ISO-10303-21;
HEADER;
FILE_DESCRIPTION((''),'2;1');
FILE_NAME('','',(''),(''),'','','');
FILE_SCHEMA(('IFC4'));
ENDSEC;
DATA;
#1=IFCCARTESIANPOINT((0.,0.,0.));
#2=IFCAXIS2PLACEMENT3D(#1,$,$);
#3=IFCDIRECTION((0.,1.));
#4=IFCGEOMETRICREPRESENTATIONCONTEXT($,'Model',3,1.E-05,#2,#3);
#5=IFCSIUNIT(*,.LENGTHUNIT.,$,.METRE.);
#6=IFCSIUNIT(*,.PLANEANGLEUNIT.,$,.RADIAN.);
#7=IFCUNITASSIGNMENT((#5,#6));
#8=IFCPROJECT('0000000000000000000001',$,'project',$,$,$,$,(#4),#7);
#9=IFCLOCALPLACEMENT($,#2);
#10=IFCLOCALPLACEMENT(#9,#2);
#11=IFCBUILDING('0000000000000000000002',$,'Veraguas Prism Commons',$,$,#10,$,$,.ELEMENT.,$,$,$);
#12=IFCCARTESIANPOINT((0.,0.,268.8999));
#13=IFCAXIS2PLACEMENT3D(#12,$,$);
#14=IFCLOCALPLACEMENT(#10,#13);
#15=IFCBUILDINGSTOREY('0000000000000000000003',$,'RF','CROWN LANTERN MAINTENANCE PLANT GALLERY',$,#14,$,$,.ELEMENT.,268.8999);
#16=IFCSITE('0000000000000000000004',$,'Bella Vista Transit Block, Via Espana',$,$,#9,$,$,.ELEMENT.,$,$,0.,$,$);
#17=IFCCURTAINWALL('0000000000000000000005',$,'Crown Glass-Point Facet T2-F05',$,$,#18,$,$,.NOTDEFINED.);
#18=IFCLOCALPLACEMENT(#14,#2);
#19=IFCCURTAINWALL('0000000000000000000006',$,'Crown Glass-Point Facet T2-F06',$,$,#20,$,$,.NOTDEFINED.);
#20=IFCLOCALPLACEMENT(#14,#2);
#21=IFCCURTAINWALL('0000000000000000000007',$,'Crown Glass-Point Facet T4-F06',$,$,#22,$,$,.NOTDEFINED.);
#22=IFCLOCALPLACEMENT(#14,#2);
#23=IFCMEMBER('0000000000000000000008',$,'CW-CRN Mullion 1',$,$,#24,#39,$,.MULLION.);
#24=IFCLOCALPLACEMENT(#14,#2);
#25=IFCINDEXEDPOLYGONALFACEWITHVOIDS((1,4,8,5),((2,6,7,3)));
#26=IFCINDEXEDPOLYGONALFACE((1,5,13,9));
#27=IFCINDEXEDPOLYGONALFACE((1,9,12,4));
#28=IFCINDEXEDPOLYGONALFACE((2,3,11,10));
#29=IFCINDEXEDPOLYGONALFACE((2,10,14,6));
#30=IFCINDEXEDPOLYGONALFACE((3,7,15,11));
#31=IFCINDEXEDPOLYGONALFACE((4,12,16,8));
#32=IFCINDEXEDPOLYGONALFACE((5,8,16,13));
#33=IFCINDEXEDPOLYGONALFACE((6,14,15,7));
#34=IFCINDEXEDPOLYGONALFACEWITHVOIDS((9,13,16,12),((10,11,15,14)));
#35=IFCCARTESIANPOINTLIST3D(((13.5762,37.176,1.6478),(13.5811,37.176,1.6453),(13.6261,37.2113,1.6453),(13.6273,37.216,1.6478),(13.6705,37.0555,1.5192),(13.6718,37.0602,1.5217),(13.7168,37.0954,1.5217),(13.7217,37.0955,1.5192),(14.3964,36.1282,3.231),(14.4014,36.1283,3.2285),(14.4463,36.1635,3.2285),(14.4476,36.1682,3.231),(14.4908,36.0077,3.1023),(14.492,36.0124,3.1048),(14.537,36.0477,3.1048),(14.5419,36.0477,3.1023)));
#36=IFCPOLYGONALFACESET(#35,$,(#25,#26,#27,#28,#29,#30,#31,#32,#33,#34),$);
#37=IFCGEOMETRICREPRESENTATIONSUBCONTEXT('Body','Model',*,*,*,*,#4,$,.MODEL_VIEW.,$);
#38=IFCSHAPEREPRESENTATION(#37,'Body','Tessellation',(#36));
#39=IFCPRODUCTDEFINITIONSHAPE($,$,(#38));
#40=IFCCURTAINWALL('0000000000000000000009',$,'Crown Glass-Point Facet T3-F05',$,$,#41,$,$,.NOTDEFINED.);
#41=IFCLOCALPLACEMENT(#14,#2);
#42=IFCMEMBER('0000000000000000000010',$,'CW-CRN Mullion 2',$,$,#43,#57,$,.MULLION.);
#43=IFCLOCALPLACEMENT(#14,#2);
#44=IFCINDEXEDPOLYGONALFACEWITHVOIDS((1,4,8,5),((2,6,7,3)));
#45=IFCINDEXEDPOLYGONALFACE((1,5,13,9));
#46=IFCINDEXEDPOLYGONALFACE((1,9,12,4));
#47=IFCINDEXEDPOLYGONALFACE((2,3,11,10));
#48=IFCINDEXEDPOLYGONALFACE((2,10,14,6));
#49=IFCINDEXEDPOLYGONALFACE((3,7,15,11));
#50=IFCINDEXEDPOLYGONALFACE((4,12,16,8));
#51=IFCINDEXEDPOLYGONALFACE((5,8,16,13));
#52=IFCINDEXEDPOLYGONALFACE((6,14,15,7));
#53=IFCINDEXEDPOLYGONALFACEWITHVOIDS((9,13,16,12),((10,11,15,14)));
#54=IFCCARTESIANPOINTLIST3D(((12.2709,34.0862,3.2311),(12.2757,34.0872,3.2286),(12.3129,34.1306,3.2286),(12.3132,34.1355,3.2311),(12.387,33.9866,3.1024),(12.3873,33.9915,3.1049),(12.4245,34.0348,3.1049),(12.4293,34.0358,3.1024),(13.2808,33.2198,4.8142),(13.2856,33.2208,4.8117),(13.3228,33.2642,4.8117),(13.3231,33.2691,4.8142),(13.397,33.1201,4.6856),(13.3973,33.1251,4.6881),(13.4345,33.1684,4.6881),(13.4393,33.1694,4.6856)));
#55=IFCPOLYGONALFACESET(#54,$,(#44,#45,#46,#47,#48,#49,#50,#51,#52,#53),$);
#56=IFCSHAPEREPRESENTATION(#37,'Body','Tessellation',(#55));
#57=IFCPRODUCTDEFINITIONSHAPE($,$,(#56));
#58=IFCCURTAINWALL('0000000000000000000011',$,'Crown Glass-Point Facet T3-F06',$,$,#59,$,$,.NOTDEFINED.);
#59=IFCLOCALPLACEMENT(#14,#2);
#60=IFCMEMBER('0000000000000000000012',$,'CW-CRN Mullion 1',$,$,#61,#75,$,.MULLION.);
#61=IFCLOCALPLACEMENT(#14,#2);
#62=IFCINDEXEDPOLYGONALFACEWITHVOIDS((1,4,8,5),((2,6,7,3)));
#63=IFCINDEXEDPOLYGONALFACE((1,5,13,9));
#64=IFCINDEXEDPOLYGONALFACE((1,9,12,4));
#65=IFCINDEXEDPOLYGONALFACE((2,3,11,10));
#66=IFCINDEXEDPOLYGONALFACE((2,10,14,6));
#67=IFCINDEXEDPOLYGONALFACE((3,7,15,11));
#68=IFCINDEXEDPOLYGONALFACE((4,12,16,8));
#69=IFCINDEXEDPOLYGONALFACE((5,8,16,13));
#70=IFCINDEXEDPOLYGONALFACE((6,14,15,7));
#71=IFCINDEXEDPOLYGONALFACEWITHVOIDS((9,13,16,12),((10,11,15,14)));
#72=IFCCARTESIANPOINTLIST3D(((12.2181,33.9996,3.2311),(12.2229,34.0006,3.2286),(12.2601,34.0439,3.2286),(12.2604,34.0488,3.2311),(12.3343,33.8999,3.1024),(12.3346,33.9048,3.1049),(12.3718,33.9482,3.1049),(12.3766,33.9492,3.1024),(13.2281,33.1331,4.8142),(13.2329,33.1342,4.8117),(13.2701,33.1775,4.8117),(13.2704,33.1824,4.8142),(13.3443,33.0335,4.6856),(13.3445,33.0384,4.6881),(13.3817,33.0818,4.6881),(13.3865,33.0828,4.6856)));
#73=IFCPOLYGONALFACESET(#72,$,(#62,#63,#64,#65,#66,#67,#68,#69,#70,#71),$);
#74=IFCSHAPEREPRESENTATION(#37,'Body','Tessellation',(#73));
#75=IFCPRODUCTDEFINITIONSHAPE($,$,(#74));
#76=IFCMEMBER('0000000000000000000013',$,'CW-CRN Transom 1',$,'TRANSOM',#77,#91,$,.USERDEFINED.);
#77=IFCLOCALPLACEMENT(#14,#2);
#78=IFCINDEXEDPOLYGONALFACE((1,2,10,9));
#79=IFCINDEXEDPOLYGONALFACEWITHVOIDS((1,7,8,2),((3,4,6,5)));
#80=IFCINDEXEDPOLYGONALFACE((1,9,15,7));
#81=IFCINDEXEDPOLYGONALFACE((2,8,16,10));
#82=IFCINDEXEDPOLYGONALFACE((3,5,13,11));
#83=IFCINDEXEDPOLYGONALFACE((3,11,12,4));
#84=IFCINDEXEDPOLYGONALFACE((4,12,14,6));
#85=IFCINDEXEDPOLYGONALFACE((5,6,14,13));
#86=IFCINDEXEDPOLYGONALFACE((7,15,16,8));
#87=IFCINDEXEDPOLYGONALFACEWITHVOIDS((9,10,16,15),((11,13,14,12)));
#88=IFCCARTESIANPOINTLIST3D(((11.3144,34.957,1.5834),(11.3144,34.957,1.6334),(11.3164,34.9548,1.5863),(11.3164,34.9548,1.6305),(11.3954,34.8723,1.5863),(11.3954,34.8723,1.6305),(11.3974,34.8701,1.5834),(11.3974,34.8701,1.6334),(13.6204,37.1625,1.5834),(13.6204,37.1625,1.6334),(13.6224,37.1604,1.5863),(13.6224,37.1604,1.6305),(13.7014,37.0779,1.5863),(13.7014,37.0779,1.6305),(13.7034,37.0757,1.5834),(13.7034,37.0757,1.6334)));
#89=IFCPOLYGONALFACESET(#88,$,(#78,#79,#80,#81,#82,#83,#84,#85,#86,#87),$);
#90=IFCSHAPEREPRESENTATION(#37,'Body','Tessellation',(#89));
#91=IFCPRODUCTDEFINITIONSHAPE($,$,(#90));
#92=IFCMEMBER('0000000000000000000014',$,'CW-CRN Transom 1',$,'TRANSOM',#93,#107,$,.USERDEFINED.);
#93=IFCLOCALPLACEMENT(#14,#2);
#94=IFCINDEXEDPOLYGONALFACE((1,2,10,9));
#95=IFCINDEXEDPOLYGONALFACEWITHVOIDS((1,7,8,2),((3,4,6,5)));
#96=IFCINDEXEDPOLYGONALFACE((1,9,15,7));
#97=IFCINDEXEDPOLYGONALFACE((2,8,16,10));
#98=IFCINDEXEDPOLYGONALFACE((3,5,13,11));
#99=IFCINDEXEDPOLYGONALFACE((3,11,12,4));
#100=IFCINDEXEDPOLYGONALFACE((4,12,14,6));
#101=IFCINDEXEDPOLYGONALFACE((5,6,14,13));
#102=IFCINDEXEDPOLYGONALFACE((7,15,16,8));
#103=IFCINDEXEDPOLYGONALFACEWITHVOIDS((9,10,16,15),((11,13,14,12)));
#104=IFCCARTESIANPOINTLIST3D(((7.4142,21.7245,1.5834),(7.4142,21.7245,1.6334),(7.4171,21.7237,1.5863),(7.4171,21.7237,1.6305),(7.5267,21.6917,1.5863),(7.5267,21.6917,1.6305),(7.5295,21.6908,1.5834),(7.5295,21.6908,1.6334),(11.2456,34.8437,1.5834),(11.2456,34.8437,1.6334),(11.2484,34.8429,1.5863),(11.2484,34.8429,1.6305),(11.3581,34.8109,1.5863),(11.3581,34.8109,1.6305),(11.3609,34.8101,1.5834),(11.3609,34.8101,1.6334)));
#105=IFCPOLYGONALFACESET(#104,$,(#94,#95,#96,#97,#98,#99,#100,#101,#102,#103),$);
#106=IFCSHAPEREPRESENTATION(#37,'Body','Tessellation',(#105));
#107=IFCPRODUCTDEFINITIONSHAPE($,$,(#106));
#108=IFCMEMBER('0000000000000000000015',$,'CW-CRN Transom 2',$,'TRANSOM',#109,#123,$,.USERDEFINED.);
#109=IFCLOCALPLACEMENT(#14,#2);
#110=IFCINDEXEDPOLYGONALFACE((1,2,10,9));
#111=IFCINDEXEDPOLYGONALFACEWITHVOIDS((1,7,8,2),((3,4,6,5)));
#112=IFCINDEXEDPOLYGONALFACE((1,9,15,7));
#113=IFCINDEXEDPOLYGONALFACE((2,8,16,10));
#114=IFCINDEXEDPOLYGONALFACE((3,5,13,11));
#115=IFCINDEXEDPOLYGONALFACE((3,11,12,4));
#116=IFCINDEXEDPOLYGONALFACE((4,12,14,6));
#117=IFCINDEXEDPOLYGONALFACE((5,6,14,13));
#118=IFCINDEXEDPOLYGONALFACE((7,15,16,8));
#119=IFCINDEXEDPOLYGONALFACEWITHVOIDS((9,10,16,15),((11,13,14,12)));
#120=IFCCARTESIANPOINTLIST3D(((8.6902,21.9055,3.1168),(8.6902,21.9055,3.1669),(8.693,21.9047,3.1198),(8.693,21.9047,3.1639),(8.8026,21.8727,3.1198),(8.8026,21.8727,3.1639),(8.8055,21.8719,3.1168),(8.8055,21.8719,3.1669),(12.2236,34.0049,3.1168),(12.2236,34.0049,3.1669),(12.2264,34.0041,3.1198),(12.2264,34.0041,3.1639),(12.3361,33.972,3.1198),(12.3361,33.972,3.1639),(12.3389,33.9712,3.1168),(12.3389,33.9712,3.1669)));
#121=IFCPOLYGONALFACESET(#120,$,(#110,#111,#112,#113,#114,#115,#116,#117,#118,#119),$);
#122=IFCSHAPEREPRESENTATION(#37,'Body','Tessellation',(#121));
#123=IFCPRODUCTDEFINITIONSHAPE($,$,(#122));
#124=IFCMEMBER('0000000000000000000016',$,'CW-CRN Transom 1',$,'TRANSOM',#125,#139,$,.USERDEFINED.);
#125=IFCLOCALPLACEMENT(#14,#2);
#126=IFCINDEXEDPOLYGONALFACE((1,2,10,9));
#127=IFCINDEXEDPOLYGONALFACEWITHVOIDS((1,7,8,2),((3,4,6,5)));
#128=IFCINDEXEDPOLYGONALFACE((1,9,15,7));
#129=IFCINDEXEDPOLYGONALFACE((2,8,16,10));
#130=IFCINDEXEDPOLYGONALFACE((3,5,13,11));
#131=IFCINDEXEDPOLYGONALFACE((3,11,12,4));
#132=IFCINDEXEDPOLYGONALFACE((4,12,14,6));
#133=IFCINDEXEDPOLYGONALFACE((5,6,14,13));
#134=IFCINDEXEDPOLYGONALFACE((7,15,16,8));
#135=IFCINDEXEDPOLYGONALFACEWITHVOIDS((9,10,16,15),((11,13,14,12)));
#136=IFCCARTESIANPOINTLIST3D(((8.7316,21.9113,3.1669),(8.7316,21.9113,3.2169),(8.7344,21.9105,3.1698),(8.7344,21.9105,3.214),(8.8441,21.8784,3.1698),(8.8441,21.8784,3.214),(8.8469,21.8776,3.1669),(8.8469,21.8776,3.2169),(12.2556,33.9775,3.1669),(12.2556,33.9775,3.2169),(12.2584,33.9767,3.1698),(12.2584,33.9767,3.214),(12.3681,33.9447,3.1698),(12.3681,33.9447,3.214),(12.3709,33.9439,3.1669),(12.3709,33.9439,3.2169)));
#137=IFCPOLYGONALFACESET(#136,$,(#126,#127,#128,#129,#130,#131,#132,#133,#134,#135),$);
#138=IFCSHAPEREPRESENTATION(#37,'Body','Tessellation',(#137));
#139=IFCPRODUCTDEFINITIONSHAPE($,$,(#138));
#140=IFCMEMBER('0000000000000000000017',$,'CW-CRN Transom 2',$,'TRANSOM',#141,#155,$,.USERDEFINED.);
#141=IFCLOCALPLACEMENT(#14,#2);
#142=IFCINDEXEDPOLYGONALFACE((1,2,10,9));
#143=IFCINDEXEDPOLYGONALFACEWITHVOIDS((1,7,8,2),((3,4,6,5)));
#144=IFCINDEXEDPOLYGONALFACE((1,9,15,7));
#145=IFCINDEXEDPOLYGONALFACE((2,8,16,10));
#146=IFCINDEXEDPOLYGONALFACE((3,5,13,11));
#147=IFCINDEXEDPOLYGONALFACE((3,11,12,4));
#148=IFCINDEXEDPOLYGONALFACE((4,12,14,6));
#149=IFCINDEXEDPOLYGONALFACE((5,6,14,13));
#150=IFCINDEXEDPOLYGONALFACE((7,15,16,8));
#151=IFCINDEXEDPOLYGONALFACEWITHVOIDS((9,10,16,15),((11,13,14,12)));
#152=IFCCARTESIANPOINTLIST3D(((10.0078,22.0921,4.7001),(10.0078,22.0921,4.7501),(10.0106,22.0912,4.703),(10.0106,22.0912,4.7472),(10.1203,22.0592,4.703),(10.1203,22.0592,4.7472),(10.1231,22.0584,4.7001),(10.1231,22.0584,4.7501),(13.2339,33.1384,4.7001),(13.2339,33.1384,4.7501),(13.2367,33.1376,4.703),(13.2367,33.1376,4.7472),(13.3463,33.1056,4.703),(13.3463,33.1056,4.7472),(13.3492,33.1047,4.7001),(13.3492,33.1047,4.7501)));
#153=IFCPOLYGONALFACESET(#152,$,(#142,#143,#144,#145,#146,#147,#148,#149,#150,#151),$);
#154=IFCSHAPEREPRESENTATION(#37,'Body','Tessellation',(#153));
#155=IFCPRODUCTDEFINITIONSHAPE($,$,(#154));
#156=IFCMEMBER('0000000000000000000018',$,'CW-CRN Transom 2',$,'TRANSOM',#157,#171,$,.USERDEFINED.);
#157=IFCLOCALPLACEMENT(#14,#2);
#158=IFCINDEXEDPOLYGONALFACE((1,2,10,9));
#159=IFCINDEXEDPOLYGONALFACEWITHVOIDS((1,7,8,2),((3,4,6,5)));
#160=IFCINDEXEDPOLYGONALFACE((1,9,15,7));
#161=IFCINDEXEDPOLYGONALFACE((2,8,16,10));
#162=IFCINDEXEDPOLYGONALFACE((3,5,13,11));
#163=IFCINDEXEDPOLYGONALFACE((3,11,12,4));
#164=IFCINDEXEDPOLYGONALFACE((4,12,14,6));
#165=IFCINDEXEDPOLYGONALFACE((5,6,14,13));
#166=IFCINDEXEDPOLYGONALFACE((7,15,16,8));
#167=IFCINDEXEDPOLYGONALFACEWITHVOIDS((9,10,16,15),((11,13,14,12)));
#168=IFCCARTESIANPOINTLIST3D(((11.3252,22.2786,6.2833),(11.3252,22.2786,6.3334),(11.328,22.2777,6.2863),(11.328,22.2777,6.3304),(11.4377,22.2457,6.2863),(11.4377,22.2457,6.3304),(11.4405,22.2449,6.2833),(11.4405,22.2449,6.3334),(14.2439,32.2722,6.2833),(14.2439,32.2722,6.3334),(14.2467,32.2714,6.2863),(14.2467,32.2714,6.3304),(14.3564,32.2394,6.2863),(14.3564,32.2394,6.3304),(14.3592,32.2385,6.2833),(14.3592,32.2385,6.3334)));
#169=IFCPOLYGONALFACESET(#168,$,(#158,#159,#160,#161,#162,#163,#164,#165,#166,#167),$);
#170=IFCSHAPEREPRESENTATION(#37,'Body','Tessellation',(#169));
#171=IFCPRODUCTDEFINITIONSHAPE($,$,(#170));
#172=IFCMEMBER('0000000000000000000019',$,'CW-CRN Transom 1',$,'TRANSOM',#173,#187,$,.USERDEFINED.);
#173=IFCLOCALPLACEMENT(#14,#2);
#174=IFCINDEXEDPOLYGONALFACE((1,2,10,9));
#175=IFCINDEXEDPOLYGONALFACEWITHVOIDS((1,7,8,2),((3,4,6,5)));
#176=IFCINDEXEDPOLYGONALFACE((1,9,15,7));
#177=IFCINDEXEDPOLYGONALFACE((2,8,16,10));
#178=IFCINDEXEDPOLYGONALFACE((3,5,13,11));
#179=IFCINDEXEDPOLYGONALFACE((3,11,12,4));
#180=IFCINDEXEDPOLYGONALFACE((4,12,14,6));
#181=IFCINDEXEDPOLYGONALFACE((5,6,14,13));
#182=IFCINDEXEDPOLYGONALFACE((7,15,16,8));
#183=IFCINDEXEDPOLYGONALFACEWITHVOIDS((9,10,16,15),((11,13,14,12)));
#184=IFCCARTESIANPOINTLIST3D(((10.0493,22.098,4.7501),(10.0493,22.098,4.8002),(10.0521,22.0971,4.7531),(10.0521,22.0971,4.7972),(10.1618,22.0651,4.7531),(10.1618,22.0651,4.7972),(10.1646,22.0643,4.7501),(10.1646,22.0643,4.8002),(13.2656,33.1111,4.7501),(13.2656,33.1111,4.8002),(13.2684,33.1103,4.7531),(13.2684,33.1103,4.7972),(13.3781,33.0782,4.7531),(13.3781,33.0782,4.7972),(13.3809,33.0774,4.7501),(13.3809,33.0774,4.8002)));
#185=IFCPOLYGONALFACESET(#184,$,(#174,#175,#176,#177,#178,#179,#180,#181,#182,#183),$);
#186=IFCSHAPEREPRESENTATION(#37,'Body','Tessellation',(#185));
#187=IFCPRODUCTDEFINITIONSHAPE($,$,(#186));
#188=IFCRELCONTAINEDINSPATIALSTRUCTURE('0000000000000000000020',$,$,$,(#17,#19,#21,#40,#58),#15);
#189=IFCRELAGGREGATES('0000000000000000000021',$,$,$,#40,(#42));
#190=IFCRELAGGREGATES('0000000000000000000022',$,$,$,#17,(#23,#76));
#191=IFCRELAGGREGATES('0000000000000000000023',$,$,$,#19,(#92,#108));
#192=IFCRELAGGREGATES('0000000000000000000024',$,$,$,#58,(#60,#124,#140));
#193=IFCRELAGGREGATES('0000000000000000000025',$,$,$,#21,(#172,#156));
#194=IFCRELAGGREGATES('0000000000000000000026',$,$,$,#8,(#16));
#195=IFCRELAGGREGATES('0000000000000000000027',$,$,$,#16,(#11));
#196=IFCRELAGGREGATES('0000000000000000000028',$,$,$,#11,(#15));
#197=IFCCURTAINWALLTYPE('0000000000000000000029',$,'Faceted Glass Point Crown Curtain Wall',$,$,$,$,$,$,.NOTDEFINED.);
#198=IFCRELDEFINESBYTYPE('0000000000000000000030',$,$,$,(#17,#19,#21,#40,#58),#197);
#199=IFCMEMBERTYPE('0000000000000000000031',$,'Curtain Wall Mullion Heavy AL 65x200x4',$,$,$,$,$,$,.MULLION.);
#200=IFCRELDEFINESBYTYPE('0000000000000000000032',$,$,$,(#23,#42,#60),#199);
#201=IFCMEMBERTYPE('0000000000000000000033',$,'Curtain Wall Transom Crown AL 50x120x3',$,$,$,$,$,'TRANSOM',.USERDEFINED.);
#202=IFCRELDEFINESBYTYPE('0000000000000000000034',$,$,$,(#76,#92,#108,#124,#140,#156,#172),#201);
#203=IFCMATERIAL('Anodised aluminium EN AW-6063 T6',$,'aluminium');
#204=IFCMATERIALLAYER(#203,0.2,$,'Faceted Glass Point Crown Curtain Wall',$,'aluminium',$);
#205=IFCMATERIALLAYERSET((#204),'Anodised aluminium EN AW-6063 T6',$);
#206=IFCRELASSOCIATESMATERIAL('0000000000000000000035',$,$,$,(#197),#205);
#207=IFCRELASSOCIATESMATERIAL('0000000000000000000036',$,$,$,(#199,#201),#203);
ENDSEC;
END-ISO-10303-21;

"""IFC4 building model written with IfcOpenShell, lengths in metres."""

from ifc_helpers import new_model, si_unit, direction, frame, origin, origin_2d, place, context, subcontext, project, spatial, hollow_rectangle, extrude, source, transform, mapped, material, layer, layer_set, material_profile, profile_set, type_object, element, aggregate, save


model = new_model("IFC4")

# Units and contexts
model_context = context("Model", 3, precision=1e-05, world=origin(), true_north=direction((0.0, 1.0)))
body_context = subcontext(model_context, "Body", "Model", "MODEL_VIEW")
ifc_project = project(units=[si_unit("LENGTHUNIT", "METRE"), si_unit("PLANEANGLEUNIT", "RADIAN")], contexts=[model_context])

# Site, building, storey
site_placement = place(None, origin())
site = spatial("IfcSite", under=ifc_project, at=site_placement, Name="Bella Vista Transit Block, Via Espana", CompositionType="ELEMENT", RefElevation=0.0)
building_placement = place(site_placement, origin())
building = spatial("IfcBuilding", under=site, at=building_placement, Name="Veraguas Prism Commons", CompositionType="ELEMENT")
storey_placement = place(building_placement, frame((0.0, 0.0, 268.8999)))
storey = spatial("IfcBuildingStorey", under=building, at=storey_placement, Name="RF", Description="CROWN LANTERN MAINTENANCE PLANT GALLERY", CompositionType="ELEMENT", Elevation=268.8999)

# Shared definitions
ifc_material_1 = material(Name="Anodised aluminium EN AW-6063 T6", Category="aluminium")
ifc_layer_1 = layer(ifc_material_1, 0.2, Name="Faceted Glass Point Crown Curtain Wall", Category="aluminium")
ifc_layer_set_1 = layer_set([ifc_layer_1], Name="Anodised aluminium EN AW-6063 T6")
curtain_wall_type = type_object("IfcCurtainWallType", Name="Faceted Glass Point Crown Curtain Wall", PredefinedType="NOTDEFINED", material=ifc_layer_set_1)
ifc_material_profile_1 = material_profile(ifc_material_1, hollow_rectangle(XDim=0.0649, YDim=0.2, WallThickness=0.0039, at=origin_2d()), Name="AL65X200X4")
ifc_profile_set_1 = profile_set([ifc_material_profile_1], Name="Anodised aluminium EN AW-6063 T6")
member_type_1 = type_object("IfcMemberType", Name="Curtain Wall Mullion Heavy AL 65x200x4", PredefinedType="MULLION", material=ifc_profile_set_1)

# Curtain walls
curtain_wall_1_placement = place(storey_placement, origin())
curtain_wall_1 = element("IfcCurtainWall", 1, at=curtain_wall_1_placement, inside=storey, type_object=curtain_wall_type, Name="Crown Glass-Point Facet T2-F05", PredefinedType="NOTDEFINED")
curtain_wall_2_placement = place(storey_placement, origin())
curtain_wall_2 = element("IfcCurtainWall", 2, at=curtain_wall_2_placement, inside=storey, type_object=curtain_wall_type, Name="Crown Glass-Point Facet T2-F06", PredefinedType="NOTDEFINED")
curtain_wall_3_placement = place(storey_placement, origin())
curtain_wall_3 = element("IfcCurtainWall", 3, at=curtain_wall_3_placement, inside=storey, type_object=curtain_wall_type, Name="Crown Glass-Point Facet T4-F06", PredefinedType="NOTDEFINED")

# Member
ifc_material_profile_2 = material_profile(ifc_material_1, hollow_rectangle(XDim=0.05, YDim=0.1201, WallThickness=0.0029, at=origin_2d()), Name="AL50X120X3")
ifc_profile_set_2 = profile_set([ifc_material_profile_2], Name="Anodised aluminium EN AW-6063 T6")
member_type_2 = type_object("IfcMemberType", Name="Curtain Wall Transom Crown AL 50x120x3", ElementType="TRANSOM", PredefinedType="USERDEFINED", material=ifc_profile_set_2)
shared_shape_1 = source(origin(), body_context, "Body", "SweptSolid", [
    extrude(hollow_rectangle(XDim=0.0649, YDim=0.2, WallThickness=0.0039, at=origin_2d()), origin(), (0.0, 0.0, 1.0), 2.0681),
])
member_1_placement = place(storey_placement, frame((13.6489, 37.1357, 1.5835), z_axis=(0.396625, -0.506641, 0.765509), x_axis=(0.787412, 0.616427, 0.0)))
member_1 = element("IfcMember", 4, at=member_1_placement, type_object=member_type_1, Name="CW-CRN Mullion 1", PredefinedType="MULLION", context=body_context, shape_type="MappedRepresentation", body=[
    mapped(shared_shape_1, transform((0.0, 0.0, 0.0), scale=1.0)),
])

# Curtain walls, members
curtain_wall_4_placement = place(storey_placement, origin())
curtain_wall_4 = element("IfcCurtainWall", 5, at=curtain_wall_4_placement, inside=storey, type_object=curtain_wall_type, Name="Crown Glass-Point Facet T3-F05", PredefinedType="NOTDEFINED")
member_2_placement = place(storey_placement, frame((12.3501, 34.061, 3.1667), z_axis=(0.488346, -0.418937, 0.765513), x_axis=(0.651109, 0.758985, 0.0)))
member_2 = element("IfcMember", 6, at=member_2_placement, type_object=member_type_1, Name="CW-CRN Mullion 2", PredefinedType="MULLION", context=body_context, shape_type="MappedRepresentation", body=[
    mapped(shared_shape_1, transform((0.0, 0.0, 0.0), scale=1.0)),
])
aggregate(curtain_wall_4, [member_2])
curtain_wall_5_placement = place(storey_placement, origin())
curtain_wall_5 = element("IfcCurtainWall", 7, at=curtain_wall_5_placement, inside=storey, type_object=curtain_wall_type, Name="Crown Glass-Point Facet T3-F06", PredefinedType="NOTDEFINED")
member_3_placement = place(storey_placement, frame((12.2974, 33.9744, 3.1667), z_axis=(0.488346, -0.418937, 0.765513), x_axis=(0.651109, 0.758985, 0.0)))
member_3 = element("IfcMember", 8, at=member_3_placement, type_object=member_type_1, Name="CW-CRN Mullion 1", PredefinedType="MULLION", context=body_context, shape_type="MappedRepresentation", body=[
    mapped(shared_shape_1, transform((0.0, 0.0, 0.0), scale=1.0)),
])

# Members
shared_shape_2 = source(origin(), body_context, "Body", "SweptSolid", [
    extrude(hollow_rectangle(XDim=0.05, YDim=0.1201, WallThickness=0.0029, at=origin_2d()), origin(), (0.0, 0.0, 1.0), 3.1909),
])
member_4_placement = place(storey_placement, frame((13.6619, 37.1191, 1.6084), z_axis=(-0.722655, -0.691209, 0.0), x_axis=(0.0, 0.0, 1.0)))
member_4 = element("IfcMember", 9, at=member_4_placement, type_object=member_type_2, Name="CW-CRN Transom 1", ObjectType="TRANSOM", PredefinedType="USERDEFINED", context=body_context, shape_type="MappedRepresentation", body=[
    mapped(shared_shape_2, transform((0.0, 0.0, 0.0), scale=1.0)),
])
shared_shape_3 = source(origin(), body_context, "Body", "SweptSolid", [
    extrude(hollow_rectangle(XDim=0.05, YDim=0.1201, WallThickness=0.0029, at=origin_2d()), origin(), (0.0, 0.0, 1.0), 13.6672),
])
member_5_placement = place(storey_placement, frame((11.3032, 34.8269, 1.6084), z_axis=(-0.280329, -0.959904, 0.0), x_axis=(0.0, 0.0, 1.0)))
member_5 = element("IfcMember", 10, at=member_5_placement, type_object=member_type_2, Name="CW-CRN Transom 1", ObjectType="TRANSOM", PredefinedType="USERDEFINED", context=body_context, shape_type="MappedRepresentation", body=[
    mapped(shared_shape_3, transform((0.0, 0.0, 0.0), scale=1.0)),
])
shared_shape_4 = source(origin(), body_context, "Body", "SweptSolid", [
    extrude(hollow_rectangle(XDim=0.05, YDim=0.1201, WallThickness=0.0029, at=origin_2d()), origin(), (0.0, 0.0, 1.0), 12.6047),
])
member_6_placement = place(storey_placement, frame((12.2812, 33.988, 3.1418), z_axis=(-0.280326, -0.959905, 0.0), x_axis=(0.0, 0.0, 1.0)))
member_6 = element("IfcMember", 11, at=member_6_placement, type_object=member_type_2, Name="CW-CRN Transom 2", ObjectType="TRANSOM", PredefinedType="USERDEFINED", context=body_context, shape_type="MappedRepresentation", body=[
    mapped(shared_shape_4, transform((0.0, 0.0, 0.0), scale=1.0)),
])
shared_shape_5 = source(origin(), body_context, "Body", "SweptSolid", [
    extrude(hollow_rectangle(XDim=0.05, YDim=0.1201, WallThickness=0.0029, at=origin_2d()), origin(), (0.0, 0.0, 1.0), 12.5703),
])
member_7_placement = place(storey_placement, frame((12.3132, 33.9607, 3.1919), z_axis=(-0.280339, -0.959901, 0.0), x_axis=(0.0, 0.0, 1.0)))
member_7 = element("IfcMember", 12, at=member_7_placement, type_object=member_type_2, Name="CW-CRN Transom 1", ObjectType="TRANSOM", PredefinedType="USERDEFINED", context=body_context, shape_type="MappedRepresentation", body=[
    mapped(shared_shape_5, transform((0.0, 0.0, 0.0), scale=1.0)),
])
shared_shape_6 = source(origin(), body_context, "Body", "SweptSolid", [
    extrude(hollow_rectangle(XDim=0.05, YDim=0.1201, WallThickness=0.0029, at=origin_2d()), origin(), (0.0, 0.0, 1.0), 11.5078),
])
member_8_placement = place(storey_placement, frame((13.2915, 33.1216, 4.7251), z_axis=(-0.280337, -0.959902, 0.0), x_axis=(0.0, 0.0, 1.0)))
member_8 = element("IfcMember", 13, at=member_8_placement, type_object=member_type_2, Name="CW-CRN Transom 2", ObjectType="TRANSOM", PredefinedType="USERDEFINED", context=body_context, shape_type="MappedRepresentation", body=[
    mapped(shared_shape_6, transform((0.0, 0.0, 0.0), scale=1.0)),
])
shared_shape_7 = source(origin(), body_context, "Body", "SweptSolid", [
    extrude(hollow_rectangle(XDim=0.05, YDim=0.1201, WallThickness=0.0029, at=origin_2d()), origin(), (0.0, 0.0, 1.0), 10.4111),
])
member_9_placement = place(storey_placement, frame((14.3015, 32.2554, 6.3083), z_axis=(-0.280344, -0.9599, 0.0), x_axis=(0.0, 0.0, 1.0)))
member_9 = element("IfcMember", 14, at=member_9_placement, type_object=member_type_2, Name="CW-CRN Transom 2", ObjectType="TRANSOM", PredefinedType="USERDEFINED", context=body_context, shape_type="MappedRepresentation", body=[
    mapped(shared_shape_7, transform((0.0, 0.0, 0.0), scale=1.0)),
])
shared_shape_8 = source(origin(), body_context, "Body", "SweptSolid", [
    extrude(hollow_rectangle(XDim=0.05, YDim=0.1201, WallThickness=0.0029, at=origin_2d()), origin(), (0.0, 0.0, 1.0), 11.4731),
])
member_10_placement = place(storey_placement, frame((13.3232, 33.0942, 4.7751), z_axis=(-0.280332, -0.959903, 0.0), x_axis=(0.0, 0.0, 1.0)))
member_10 = element("IfcMember", 15, at=member_10_placement, type_object=member_type_2, Name="CW-CRN Transom 1", ObjectType="TRANSOM", PredefinedType="USERDEFINED", context=body_context, shape_type="MappedRepresentation", body=[
    mapped(shared_shape_8, transform((0.0, 0.0, 0.0), scale=1.0)),
])

aggregate(curtain_wall_1, [member_1, member_4])
aggregate(curtain_wall_2, [member_5, member_6])
aggregate(curtain_wall_5, [member_3, member_7, member_8])
aggregate(curtain_wall_3, [member_10, member_9])

save(model, "model.ifc")
